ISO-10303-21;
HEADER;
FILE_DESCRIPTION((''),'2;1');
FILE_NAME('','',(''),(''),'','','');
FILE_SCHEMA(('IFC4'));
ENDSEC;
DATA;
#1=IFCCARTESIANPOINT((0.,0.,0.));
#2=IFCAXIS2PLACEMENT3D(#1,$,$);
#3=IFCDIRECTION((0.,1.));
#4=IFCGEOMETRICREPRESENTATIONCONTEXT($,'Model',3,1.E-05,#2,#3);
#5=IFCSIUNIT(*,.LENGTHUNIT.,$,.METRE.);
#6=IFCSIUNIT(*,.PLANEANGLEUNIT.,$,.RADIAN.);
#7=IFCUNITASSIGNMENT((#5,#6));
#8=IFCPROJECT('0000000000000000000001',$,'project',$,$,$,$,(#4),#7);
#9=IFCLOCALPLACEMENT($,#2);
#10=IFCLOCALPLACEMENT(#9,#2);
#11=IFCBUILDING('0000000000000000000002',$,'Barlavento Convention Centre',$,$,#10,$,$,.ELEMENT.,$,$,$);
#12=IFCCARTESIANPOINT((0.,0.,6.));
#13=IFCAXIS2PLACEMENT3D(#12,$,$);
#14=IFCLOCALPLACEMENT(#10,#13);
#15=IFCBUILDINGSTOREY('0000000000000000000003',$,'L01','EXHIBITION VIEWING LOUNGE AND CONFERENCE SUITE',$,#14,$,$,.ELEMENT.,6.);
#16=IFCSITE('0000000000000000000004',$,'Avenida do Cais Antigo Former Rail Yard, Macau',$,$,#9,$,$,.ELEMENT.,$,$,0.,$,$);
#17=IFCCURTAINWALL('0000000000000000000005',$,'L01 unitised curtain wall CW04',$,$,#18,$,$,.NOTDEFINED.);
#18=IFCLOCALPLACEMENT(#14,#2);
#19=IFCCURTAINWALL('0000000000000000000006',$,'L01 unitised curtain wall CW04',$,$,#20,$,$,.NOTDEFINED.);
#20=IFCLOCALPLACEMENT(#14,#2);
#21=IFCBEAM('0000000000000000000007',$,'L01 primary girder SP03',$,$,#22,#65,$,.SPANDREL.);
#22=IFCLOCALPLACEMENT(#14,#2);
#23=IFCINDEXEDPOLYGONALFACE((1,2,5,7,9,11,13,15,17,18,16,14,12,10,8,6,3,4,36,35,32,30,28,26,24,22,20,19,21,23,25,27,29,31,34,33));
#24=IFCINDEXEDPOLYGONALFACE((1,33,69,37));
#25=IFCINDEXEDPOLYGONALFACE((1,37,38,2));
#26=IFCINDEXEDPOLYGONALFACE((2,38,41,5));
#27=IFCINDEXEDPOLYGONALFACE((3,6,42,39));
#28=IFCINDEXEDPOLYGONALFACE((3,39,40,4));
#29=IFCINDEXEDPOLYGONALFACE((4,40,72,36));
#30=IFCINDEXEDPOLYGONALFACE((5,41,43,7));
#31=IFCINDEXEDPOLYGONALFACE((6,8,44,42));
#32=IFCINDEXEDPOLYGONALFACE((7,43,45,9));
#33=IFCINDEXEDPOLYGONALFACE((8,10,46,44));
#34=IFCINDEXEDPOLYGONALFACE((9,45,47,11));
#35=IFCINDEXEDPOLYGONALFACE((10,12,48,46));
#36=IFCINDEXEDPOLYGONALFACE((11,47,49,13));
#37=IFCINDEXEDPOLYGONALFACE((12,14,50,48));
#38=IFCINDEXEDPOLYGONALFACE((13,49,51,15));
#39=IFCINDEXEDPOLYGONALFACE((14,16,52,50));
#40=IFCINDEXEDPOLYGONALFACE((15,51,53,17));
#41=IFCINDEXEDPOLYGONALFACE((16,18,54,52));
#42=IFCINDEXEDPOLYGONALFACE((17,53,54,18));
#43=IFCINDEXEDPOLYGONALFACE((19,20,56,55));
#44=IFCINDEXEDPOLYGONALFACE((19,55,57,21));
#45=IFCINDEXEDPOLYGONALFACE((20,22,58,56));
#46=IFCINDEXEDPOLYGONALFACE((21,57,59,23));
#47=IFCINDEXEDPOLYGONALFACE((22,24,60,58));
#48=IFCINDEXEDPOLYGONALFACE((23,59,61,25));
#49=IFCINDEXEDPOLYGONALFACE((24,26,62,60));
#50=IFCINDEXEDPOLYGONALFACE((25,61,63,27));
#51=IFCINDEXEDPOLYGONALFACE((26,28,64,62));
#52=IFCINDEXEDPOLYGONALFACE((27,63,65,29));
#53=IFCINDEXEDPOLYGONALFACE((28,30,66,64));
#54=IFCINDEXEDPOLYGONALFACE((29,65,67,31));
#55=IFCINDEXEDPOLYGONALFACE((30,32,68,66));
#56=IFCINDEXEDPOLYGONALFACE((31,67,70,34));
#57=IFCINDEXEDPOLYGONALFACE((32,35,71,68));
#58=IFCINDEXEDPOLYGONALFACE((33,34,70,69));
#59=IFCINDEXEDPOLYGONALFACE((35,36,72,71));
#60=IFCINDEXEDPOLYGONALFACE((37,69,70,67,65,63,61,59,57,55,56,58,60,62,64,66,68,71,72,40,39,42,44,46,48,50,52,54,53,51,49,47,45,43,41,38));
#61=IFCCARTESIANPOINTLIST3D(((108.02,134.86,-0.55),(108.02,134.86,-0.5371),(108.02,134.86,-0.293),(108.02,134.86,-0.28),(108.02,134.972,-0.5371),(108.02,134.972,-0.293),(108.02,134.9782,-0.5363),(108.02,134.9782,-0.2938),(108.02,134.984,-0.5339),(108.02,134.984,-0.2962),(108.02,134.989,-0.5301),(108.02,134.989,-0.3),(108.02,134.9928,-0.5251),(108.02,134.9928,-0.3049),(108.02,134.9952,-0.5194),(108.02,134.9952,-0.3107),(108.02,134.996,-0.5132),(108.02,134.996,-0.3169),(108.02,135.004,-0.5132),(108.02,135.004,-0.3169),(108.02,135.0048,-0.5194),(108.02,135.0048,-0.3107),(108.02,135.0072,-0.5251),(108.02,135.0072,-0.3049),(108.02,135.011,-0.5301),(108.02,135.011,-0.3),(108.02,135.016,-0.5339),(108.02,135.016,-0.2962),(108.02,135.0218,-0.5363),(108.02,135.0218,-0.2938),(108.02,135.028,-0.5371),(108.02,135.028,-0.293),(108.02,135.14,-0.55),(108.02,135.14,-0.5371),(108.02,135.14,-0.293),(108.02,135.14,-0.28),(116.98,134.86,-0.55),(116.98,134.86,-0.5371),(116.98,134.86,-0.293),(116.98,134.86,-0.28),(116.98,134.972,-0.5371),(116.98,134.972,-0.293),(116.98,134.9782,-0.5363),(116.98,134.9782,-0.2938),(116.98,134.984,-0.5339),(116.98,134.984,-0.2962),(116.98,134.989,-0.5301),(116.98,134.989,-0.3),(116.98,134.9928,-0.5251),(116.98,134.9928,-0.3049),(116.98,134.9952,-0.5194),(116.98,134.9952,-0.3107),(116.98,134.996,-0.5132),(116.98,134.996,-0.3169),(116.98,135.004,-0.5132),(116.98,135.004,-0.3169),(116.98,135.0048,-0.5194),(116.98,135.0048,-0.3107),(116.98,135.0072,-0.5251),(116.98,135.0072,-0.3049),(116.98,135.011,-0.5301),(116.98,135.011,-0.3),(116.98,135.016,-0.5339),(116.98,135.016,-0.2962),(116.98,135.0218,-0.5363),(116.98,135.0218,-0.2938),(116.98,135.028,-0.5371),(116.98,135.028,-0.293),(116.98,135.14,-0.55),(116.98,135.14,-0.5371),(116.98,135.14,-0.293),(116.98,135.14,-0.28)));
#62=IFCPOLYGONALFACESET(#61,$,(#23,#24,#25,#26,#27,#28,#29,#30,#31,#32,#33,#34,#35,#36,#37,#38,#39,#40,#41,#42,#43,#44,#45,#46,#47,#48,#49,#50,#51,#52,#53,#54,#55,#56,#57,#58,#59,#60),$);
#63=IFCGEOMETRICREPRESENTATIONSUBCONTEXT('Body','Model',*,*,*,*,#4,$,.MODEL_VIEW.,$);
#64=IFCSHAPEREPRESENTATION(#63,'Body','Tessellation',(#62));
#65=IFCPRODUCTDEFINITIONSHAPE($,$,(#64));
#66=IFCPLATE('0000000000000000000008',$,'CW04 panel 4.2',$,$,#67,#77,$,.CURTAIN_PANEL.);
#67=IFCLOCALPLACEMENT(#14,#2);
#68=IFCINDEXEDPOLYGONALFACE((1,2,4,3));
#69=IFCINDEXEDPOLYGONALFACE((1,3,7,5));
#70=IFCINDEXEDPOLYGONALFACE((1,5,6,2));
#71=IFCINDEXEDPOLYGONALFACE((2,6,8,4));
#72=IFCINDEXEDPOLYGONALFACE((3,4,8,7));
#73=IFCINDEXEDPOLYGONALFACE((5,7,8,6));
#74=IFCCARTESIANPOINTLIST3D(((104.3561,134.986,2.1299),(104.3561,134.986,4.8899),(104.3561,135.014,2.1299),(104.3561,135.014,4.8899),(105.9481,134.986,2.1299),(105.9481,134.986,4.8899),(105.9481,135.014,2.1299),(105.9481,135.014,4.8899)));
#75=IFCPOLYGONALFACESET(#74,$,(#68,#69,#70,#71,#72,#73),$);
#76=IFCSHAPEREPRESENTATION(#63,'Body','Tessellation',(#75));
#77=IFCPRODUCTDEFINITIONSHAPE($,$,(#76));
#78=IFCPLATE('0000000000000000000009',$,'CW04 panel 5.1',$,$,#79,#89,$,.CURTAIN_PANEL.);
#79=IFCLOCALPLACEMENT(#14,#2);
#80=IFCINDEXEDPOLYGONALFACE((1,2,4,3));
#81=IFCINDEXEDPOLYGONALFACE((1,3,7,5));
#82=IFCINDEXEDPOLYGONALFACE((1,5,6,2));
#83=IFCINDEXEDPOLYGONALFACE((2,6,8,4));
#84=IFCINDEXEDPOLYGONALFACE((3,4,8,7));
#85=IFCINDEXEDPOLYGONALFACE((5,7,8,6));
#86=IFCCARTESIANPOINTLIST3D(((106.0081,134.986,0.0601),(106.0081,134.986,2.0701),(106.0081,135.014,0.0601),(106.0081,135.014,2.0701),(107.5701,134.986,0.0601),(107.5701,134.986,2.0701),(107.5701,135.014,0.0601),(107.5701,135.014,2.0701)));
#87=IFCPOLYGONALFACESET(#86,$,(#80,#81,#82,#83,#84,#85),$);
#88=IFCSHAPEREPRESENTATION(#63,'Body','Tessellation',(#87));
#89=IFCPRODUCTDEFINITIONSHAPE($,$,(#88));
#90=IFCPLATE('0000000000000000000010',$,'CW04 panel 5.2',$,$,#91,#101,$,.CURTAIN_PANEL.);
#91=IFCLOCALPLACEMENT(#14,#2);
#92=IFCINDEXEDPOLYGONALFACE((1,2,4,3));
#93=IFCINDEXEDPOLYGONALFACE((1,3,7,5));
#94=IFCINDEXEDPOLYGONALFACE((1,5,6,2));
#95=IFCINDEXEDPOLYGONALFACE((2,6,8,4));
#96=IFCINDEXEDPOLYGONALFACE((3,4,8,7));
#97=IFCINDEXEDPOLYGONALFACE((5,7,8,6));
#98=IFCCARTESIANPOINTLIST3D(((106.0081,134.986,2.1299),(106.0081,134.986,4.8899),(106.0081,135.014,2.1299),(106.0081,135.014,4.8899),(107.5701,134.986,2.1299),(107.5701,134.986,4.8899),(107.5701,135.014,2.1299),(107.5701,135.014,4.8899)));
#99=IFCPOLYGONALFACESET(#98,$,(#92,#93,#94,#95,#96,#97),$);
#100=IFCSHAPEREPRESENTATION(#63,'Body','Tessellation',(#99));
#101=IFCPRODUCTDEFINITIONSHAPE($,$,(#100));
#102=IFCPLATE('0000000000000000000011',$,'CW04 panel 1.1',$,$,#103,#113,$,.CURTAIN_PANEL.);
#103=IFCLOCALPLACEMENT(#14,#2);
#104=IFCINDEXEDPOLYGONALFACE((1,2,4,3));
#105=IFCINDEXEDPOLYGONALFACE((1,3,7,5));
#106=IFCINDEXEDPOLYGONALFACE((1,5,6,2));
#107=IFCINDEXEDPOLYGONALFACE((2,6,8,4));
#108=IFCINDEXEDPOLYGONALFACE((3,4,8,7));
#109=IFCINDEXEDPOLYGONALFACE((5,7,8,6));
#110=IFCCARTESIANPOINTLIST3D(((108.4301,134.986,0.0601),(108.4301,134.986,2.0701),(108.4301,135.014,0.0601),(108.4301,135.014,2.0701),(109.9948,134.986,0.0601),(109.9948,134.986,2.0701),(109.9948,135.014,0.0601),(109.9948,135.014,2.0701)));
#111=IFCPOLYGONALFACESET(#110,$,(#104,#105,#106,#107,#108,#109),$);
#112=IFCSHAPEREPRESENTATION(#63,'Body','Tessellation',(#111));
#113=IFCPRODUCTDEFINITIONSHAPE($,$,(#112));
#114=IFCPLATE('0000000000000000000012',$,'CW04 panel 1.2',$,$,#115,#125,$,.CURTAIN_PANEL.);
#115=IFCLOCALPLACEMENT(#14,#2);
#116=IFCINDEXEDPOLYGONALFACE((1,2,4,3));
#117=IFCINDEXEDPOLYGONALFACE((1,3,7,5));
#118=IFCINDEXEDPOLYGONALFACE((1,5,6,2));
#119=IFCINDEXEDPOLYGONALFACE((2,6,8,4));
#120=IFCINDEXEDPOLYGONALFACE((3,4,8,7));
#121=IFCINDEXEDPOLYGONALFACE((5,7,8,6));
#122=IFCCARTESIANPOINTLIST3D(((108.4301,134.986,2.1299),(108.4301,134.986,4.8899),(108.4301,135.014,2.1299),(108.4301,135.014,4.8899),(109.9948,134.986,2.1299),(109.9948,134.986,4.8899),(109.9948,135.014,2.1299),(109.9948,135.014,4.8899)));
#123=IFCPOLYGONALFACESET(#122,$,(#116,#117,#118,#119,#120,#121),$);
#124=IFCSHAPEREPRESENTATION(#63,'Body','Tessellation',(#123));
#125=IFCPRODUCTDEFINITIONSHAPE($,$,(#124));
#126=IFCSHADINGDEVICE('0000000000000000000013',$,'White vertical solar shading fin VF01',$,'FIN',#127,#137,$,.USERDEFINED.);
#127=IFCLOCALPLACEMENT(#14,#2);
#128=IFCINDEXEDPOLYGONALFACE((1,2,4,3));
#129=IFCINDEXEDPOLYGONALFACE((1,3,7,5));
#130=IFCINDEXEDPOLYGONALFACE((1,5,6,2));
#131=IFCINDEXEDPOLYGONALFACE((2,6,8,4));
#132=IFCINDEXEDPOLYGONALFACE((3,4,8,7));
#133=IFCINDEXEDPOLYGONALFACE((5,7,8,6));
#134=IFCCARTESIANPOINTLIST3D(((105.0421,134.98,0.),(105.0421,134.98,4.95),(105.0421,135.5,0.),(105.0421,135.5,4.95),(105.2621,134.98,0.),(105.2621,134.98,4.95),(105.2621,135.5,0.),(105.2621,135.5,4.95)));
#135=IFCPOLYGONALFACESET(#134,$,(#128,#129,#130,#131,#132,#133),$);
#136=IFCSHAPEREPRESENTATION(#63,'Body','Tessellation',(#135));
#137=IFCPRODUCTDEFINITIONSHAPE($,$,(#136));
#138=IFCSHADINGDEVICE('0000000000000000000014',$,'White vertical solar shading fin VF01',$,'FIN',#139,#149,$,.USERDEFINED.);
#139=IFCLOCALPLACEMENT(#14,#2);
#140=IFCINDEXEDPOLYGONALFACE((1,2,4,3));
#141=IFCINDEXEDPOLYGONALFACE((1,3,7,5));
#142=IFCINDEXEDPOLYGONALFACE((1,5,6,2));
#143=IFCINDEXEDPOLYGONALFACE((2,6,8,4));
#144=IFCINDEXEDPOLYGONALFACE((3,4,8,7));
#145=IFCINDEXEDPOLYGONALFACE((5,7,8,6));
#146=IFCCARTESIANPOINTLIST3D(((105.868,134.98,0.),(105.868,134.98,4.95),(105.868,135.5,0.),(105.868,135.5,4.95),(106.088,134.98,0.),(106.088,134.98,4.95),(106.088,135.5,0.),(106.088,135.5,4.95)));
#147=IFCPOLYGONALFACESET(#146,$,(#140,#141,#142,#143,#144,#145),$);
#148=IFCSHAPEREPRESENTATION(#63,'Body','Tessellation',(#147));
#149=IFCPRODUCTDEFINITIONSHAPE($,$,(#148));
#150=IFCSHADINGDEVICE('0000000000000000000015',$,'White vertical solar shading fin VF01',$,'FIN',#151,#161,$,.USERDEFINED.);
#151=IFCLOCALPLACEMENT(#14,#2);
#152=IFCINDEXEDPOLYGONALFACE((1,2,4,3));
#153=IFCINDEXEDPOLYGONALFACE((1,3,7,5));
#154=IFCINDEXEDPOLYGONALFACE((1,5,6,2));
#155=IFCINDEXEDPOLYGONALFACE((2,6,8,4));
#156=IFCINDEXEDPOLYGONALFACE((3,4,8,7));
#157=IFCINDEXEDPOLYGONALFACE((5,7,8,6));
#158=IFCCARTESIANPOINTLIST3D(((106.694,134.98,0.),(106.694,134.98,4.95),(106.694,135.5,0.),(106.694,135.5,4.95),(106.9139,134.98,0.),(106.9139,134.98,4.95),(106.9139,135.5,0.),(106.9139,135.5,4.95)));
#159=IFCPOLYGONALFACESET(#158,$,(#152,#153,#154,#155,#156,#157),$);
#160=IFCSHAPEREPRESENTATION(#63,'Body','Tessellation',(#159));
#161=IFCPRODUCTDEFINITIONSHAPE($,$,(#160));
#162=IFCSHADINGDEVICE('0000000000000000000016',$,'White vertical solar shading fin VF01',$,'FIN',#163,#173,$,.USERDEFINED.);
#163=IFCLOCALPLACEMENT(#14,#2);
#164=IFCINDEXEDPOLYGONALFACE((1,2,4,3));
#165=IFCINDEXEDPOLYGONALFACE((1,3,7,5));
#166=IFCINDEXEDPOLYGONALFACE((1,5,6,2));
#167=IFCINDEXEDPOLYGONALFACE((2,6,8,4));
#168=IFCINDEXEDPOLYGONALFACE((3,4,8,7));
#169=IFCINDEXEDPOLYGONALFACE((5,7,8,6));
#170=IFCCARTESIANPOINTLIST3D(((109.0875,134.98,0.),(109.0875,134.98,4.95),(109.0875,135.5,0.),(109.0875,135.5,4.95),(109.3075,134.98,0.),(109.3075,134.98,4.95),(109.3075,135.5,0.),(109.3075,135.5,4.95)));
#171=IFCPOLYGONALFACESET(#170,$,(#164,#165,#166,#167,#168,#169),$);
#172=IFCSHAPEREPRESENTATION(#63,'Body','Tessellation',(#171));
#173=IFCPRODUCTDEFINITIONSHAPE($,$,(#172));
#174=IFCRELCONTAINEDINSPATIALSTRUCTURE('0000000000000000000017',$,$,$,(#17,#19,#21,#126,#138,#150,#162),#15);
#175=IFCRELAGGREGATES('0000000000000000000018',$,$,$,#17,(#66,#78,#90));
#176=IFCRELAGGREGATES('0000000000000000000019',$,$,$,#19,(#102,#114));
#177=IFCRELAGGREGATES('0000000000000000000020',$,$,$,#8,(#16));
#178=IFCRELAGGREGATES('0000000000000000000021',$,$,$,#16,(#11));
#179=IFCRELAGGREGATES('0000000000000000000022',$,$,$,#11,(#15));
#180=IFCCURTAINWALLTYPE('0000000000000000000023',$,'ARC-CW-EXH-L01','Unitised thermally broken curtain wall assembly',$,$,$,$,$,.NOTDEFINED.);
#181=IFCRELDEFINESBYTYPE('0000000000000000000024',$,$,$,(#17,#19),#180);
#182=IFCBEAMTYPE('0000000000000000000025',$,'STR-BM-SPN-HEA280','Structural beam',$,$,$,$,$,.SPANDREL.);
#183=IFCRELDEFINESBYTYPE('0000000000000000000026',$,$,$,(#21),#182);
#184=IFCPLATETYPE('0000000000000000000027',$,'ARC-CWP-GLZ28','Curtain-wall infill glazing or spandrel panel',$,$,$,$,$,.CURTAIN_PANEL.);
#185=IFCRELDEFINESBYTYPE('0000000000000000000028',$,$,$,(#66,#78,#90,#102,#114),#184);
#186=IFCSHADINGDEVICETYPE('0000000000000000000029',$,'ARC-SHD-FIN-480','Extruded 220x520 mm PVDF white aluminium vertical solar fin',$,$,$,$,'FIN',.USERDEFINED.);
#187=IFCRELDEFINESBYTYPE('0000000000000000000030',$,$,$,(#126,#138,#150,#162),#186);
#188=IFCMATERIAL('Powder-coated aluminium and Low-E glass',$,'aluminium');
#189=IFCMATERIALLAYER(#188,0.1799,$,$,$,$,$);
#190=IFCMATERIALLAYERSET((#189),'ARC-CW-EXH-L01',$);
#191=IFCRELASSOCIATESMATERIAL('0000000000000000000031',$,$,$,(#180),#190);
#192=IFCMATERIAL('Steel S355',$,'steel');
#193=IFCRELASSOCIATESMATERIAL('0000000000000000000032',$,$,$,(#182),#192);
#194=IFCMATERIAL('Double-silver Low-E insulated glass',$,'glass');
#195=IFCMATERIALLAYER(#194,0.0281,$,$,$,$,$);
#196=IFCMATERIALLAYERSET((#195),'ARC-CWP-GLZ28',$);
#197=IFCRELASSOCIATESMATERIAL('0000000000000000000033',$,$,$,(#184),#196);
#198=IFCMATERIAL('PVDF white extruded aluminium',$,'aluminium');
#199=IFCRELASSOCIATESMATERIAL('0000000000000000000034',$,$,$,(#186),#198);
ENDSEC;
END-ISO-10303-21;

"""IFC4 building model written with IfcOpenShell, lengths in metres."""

from ifc_helpers import new_model, si_unit, direction, frame, origin, origin_2d, place, context, subcontext, project, spatial, rectangle, i_section, extrude, material, layer, layer_set, material_profile, profile_set, type_object, element, aggregate, save


model = new_model("IFC4")

# Units and contexts
model_context = context("Model", 3, precision=1e-05, world=origin(), true_north=direction((0.0, 1.0)))
body_context = subcontext(model_context, "Body", "Model", "MODEL_VIEW")
ifc_project = project(units=[si_unit("LENGTHUNIT", "METRE"), si_unit("PLANEANGLEUNIT", "RADIAN")], contexts=[model_context])

# Site, building, storey
site_placement = place(None, origin())
site = spatial("IfcSite", under=ifc_project, at=site_placement, Name="Avenida do Cais Antigo Former Rail Yard, Macau", CompositionType="ELEMENT", RefElevation=0.0)
building_placement = place(site_placement, origin())
building = spatial("IfcBuilding", under=site, at=building_placement, Name="Barlavento Convention Centre", CompositionType="ELEMENT")
storey_placement = place(building_placement, frame((0.0, 0.0, 6.0)))
storey = spatial("IfcBuildingStorey", under=building, at=storey_placement, Name="L01", Description="EXHIBITION VIEWING LOUNGE AND CONFERENCE SUITE", CompositionType="ELEMENT", Elevation=6.0)

# Curtain wall
ifc_material_1 = material(Name="Powder-coated aluminium and Low-E glass", Category="aluminium")
ifc_layer_1 = layer(ifc_material_1, 0.1799)
ifc_layer_set_1 = layer_set([ifc_layer_1], Name="ARC-CW-EXH-L01")
curtain_wall_type = type_object("IfcCurtainWallType", Name="ARC-CW-EXH-L01", Description="Unitised thermally broken curtain wall assembly", PredefinedType="NOTDEFINED", material=ifc_layer_set_1)
curtain_wall_1_placement = place(storey_placement, origin())
curtain_wall_1 = element("IfcCurtainWall", 1, at=curtain_wall_1_placement, inside=storey, type_object=curtain_wall_type, Name="L01 unitised curtain wall CW04", PredefinedType="NOTDEFINED")

# Curtain wall
curtain_wall_2_placement = place(storey_placement, origin())
curtain_wall_2 = element("IfcCurtainWall", 2, at=curtain_wall_2_placement, inside=storey, type_object=curtain_wall_type, Name="L01 unitised curtain wall CW04", PredefinedType="NOTDEFINED")

# Beam
ifc_material_2 = material(Name="Steel S355", Category="steel")
ifc_material_profile_1 = material_profile(ifc_material_2, i_section(OverallWidth=0.28, OverallDepth=0.27, WebThickness=0.0081, FlangeThickness=0.0129, FilletRadius=0.0239, at=origin_2d()), Name="HEA 280")
ifc_profile_set_1 = profile_set([ifc_material_profile_1], Name="Steel S355")
beam_type = type_object("IfcBeamType", Name="STR-BM-SPN-HEA280", Description="Structural beam", PredefinedType="SPANDREL", material=ifc_profile_set_1)
beam_placement = place(storey_placement, frame((108.02, 135.0, -0.415), z_axis=(1.0, 0.0, 0.0), x_axis=(0.0, 1.0, 0.0)))
element("IfcBeam", 3, at=beam_placement, inside=storey, type_object=beam_type, Name="L01 primary girder SP03", PredefinedType="SPANDREL", context=body_context, shape_type="SweptSolid", body=[
    extrude(i_section(OverallWidth=0.28, OverallDepth=0.27, WebThickness=0.0081, FlangeThickness=0.0129, FilletRadius=0.0239, at=origin_2d()), origin(), (0.0, 0.0, 1.0), 8.96),
])

# Plates
ifc_material_3 = material(Name="Double-silver Low-E insulated glass", Category="glass")
ifc_layer_2 = layer(ifc_material_3, 0.0281)
ifc_layer_set_2 = layer_set([ifc_layer_2], Name="ARC-CWP-GLZ28")
plate_type = type_object("IfcPlateType", Name="ARC-CWP-GLZ28", Description="Curtain-wall infill glazing or spandrel panel", PredefinedType="CURTAIN_PANEL", material=ifc_layer_set_2)
plate_1_placement = place(storey_placement, frame((105.1521, 135.0, 2.1299), z_axis=(0.0, 0.0, 1.0), x_axis=(1.0, 0.0, 0.0)))
plate_1 = element("IfcPlate", 4, at=plate_1_placement, type_object=plate_type, Name="CW04 panel 4.2", PredefinedType="CURTAIN_PANEL", context=body_context, shape_type="SweptSolid", body=[
    extrude(rectangle(XDim=1.592, YDim=0.0281, at=origin_2d()), origin(), (0.0, 0.0, 1.0), 2.76),
])
plate_2_placement = place(storey_placement, frame((106.7891, 135.0, 0.0601), z_axis=(0.0, 0.0, 1.0), x_axis=(1.0, 0.0, 0.0)))
plate_2 = element("IfcPlate", 5, at=plate_2_placement, type_object=plate_type, Name="CW04 panel 5.1", PredefinedType="CURTAIN_PANEL", context=body_context, shape_type="SweptSolid", body=[
    extrude(rectangle(XDim=1.562, YDim=0.0281, at=origin_2d()), origin(), (0.0, 0.0, 1.0), 2.01),
])
plate_3_placement = place(storey_placement, frame((106.7891, 135.0, 2.1299), z_axis=(0.0, 0.0, 1.0), x_axis=(1.0, 0.0, 0.0)))
plate_3 = element("IfcPlate", 6, at=plate_3_placement, type_object=plate_type, Name="CW04 panel 5.2", PredefinedType="CURTAIN_PANEL", context=body_context, shape_type="SweptSolid", body=[
    extrude(rectangle(XDim=1.562, YDim=0.0281, at=origin_2d()), origin(), (0.0, 0.0, 1.0), 2.76),
])
aggregate(curtain_wall_1, [plate_1, plate_2, plate_3])
plate_4_placement = place(storey_placement, frame((109.2124, 135.0, 0.0601), z_axis=(0.0, 0.0, 1.0), x_axis=(1.0, 0.0, 0.0)))
plate_4 = element("IfcPlate", 7, at=plate_4_placement, type_object=plate_type, Name="CW04 panel 1.1", PredefinedType="CURTAIN_PANEL", context=body_context, shape_type="SweptSolid", body=[
    extrude(rectangle(XDim=1.5647, YDim=0.0281, at=origin_2d()), origin(), (0.0, 0.0, 1.0), 2.01),
])
plate_5_placement = place(storey_placement, frame((109.2124, 135.0, 2.1299), z_axis=(0.0, 0.0, 1.0), x_axis=(1.0, 0.0, 0.0)))
plate_5 = element("IfcPlate", 8, at=plate_5_placement, type_object=plate_type, Name="CW04 panel 1.2", PredefinedType="CURTAIN_PANEL", context=body_context, shape_type="SweptSolid", body=[
    extrude(rectangle(XDim=1.5647, YDim=0.0281, at=origin_2d()), origin(), (0.0, 0.0, 1.0), 2.76),
])
aggregate(curtain_wall_2, [plate_4, plate_5])

# Shading devices
ifc_material_4 = material(Name="PVDF white extruded aluminium", Category="aluminium")
shading_device_type = type_object("IfcShadingDeviceType", Name="ARC-SHD-FIN-480", Description="Extruded 220x520 mm PVDF white aluminium vertical solar fin", ElementType="FIN", PredefinedType="USERDEFINED", material=ifc_material_4)
for number, where, z_axis, x_axis, name in (
    (9, (105.1521, 135.24, 0.0), (0.0, 0.0, 1.0), (1.0, 0.0, 0.0), "White vertical solar shading fin VF01"),
    (10, (105.978, 135.24, 0.0), (0.0, 0.0, 1.0), (1.0, 0.0, 0.0), "White vertical solar shading fin VF01"),
    (11, (106.804, 135.24, 0.0), (0.0, 0.0, 1.0), (1.0, 0.0, 0.0), "White vertical solar shading fin VF01"),
    (12, (109.1975, 135.24, 0.0), (0.0, 0.0, 1.0), (1.0, 0.0, 0.0), "White vertical solar shading fin VF01"),
):
    element("IfcShadingDevice", number, at=place(storey_placement, frame(where, z_axis=z_axis, x_axis=x_axis)), inside=storey, type_object=shading_device_type, Name=name, ObjectType="FIN", PredefinedType="USERDEFINED", context=body_context, shape_type="SweptSolid", body=[
        extrude(rectangle(XDim=0.22, YDim=0.52, at=origin_2d()), origin(), (0.0, 0.0, 1.0), 4.95),
    ])

save(model, "model.ifc")
